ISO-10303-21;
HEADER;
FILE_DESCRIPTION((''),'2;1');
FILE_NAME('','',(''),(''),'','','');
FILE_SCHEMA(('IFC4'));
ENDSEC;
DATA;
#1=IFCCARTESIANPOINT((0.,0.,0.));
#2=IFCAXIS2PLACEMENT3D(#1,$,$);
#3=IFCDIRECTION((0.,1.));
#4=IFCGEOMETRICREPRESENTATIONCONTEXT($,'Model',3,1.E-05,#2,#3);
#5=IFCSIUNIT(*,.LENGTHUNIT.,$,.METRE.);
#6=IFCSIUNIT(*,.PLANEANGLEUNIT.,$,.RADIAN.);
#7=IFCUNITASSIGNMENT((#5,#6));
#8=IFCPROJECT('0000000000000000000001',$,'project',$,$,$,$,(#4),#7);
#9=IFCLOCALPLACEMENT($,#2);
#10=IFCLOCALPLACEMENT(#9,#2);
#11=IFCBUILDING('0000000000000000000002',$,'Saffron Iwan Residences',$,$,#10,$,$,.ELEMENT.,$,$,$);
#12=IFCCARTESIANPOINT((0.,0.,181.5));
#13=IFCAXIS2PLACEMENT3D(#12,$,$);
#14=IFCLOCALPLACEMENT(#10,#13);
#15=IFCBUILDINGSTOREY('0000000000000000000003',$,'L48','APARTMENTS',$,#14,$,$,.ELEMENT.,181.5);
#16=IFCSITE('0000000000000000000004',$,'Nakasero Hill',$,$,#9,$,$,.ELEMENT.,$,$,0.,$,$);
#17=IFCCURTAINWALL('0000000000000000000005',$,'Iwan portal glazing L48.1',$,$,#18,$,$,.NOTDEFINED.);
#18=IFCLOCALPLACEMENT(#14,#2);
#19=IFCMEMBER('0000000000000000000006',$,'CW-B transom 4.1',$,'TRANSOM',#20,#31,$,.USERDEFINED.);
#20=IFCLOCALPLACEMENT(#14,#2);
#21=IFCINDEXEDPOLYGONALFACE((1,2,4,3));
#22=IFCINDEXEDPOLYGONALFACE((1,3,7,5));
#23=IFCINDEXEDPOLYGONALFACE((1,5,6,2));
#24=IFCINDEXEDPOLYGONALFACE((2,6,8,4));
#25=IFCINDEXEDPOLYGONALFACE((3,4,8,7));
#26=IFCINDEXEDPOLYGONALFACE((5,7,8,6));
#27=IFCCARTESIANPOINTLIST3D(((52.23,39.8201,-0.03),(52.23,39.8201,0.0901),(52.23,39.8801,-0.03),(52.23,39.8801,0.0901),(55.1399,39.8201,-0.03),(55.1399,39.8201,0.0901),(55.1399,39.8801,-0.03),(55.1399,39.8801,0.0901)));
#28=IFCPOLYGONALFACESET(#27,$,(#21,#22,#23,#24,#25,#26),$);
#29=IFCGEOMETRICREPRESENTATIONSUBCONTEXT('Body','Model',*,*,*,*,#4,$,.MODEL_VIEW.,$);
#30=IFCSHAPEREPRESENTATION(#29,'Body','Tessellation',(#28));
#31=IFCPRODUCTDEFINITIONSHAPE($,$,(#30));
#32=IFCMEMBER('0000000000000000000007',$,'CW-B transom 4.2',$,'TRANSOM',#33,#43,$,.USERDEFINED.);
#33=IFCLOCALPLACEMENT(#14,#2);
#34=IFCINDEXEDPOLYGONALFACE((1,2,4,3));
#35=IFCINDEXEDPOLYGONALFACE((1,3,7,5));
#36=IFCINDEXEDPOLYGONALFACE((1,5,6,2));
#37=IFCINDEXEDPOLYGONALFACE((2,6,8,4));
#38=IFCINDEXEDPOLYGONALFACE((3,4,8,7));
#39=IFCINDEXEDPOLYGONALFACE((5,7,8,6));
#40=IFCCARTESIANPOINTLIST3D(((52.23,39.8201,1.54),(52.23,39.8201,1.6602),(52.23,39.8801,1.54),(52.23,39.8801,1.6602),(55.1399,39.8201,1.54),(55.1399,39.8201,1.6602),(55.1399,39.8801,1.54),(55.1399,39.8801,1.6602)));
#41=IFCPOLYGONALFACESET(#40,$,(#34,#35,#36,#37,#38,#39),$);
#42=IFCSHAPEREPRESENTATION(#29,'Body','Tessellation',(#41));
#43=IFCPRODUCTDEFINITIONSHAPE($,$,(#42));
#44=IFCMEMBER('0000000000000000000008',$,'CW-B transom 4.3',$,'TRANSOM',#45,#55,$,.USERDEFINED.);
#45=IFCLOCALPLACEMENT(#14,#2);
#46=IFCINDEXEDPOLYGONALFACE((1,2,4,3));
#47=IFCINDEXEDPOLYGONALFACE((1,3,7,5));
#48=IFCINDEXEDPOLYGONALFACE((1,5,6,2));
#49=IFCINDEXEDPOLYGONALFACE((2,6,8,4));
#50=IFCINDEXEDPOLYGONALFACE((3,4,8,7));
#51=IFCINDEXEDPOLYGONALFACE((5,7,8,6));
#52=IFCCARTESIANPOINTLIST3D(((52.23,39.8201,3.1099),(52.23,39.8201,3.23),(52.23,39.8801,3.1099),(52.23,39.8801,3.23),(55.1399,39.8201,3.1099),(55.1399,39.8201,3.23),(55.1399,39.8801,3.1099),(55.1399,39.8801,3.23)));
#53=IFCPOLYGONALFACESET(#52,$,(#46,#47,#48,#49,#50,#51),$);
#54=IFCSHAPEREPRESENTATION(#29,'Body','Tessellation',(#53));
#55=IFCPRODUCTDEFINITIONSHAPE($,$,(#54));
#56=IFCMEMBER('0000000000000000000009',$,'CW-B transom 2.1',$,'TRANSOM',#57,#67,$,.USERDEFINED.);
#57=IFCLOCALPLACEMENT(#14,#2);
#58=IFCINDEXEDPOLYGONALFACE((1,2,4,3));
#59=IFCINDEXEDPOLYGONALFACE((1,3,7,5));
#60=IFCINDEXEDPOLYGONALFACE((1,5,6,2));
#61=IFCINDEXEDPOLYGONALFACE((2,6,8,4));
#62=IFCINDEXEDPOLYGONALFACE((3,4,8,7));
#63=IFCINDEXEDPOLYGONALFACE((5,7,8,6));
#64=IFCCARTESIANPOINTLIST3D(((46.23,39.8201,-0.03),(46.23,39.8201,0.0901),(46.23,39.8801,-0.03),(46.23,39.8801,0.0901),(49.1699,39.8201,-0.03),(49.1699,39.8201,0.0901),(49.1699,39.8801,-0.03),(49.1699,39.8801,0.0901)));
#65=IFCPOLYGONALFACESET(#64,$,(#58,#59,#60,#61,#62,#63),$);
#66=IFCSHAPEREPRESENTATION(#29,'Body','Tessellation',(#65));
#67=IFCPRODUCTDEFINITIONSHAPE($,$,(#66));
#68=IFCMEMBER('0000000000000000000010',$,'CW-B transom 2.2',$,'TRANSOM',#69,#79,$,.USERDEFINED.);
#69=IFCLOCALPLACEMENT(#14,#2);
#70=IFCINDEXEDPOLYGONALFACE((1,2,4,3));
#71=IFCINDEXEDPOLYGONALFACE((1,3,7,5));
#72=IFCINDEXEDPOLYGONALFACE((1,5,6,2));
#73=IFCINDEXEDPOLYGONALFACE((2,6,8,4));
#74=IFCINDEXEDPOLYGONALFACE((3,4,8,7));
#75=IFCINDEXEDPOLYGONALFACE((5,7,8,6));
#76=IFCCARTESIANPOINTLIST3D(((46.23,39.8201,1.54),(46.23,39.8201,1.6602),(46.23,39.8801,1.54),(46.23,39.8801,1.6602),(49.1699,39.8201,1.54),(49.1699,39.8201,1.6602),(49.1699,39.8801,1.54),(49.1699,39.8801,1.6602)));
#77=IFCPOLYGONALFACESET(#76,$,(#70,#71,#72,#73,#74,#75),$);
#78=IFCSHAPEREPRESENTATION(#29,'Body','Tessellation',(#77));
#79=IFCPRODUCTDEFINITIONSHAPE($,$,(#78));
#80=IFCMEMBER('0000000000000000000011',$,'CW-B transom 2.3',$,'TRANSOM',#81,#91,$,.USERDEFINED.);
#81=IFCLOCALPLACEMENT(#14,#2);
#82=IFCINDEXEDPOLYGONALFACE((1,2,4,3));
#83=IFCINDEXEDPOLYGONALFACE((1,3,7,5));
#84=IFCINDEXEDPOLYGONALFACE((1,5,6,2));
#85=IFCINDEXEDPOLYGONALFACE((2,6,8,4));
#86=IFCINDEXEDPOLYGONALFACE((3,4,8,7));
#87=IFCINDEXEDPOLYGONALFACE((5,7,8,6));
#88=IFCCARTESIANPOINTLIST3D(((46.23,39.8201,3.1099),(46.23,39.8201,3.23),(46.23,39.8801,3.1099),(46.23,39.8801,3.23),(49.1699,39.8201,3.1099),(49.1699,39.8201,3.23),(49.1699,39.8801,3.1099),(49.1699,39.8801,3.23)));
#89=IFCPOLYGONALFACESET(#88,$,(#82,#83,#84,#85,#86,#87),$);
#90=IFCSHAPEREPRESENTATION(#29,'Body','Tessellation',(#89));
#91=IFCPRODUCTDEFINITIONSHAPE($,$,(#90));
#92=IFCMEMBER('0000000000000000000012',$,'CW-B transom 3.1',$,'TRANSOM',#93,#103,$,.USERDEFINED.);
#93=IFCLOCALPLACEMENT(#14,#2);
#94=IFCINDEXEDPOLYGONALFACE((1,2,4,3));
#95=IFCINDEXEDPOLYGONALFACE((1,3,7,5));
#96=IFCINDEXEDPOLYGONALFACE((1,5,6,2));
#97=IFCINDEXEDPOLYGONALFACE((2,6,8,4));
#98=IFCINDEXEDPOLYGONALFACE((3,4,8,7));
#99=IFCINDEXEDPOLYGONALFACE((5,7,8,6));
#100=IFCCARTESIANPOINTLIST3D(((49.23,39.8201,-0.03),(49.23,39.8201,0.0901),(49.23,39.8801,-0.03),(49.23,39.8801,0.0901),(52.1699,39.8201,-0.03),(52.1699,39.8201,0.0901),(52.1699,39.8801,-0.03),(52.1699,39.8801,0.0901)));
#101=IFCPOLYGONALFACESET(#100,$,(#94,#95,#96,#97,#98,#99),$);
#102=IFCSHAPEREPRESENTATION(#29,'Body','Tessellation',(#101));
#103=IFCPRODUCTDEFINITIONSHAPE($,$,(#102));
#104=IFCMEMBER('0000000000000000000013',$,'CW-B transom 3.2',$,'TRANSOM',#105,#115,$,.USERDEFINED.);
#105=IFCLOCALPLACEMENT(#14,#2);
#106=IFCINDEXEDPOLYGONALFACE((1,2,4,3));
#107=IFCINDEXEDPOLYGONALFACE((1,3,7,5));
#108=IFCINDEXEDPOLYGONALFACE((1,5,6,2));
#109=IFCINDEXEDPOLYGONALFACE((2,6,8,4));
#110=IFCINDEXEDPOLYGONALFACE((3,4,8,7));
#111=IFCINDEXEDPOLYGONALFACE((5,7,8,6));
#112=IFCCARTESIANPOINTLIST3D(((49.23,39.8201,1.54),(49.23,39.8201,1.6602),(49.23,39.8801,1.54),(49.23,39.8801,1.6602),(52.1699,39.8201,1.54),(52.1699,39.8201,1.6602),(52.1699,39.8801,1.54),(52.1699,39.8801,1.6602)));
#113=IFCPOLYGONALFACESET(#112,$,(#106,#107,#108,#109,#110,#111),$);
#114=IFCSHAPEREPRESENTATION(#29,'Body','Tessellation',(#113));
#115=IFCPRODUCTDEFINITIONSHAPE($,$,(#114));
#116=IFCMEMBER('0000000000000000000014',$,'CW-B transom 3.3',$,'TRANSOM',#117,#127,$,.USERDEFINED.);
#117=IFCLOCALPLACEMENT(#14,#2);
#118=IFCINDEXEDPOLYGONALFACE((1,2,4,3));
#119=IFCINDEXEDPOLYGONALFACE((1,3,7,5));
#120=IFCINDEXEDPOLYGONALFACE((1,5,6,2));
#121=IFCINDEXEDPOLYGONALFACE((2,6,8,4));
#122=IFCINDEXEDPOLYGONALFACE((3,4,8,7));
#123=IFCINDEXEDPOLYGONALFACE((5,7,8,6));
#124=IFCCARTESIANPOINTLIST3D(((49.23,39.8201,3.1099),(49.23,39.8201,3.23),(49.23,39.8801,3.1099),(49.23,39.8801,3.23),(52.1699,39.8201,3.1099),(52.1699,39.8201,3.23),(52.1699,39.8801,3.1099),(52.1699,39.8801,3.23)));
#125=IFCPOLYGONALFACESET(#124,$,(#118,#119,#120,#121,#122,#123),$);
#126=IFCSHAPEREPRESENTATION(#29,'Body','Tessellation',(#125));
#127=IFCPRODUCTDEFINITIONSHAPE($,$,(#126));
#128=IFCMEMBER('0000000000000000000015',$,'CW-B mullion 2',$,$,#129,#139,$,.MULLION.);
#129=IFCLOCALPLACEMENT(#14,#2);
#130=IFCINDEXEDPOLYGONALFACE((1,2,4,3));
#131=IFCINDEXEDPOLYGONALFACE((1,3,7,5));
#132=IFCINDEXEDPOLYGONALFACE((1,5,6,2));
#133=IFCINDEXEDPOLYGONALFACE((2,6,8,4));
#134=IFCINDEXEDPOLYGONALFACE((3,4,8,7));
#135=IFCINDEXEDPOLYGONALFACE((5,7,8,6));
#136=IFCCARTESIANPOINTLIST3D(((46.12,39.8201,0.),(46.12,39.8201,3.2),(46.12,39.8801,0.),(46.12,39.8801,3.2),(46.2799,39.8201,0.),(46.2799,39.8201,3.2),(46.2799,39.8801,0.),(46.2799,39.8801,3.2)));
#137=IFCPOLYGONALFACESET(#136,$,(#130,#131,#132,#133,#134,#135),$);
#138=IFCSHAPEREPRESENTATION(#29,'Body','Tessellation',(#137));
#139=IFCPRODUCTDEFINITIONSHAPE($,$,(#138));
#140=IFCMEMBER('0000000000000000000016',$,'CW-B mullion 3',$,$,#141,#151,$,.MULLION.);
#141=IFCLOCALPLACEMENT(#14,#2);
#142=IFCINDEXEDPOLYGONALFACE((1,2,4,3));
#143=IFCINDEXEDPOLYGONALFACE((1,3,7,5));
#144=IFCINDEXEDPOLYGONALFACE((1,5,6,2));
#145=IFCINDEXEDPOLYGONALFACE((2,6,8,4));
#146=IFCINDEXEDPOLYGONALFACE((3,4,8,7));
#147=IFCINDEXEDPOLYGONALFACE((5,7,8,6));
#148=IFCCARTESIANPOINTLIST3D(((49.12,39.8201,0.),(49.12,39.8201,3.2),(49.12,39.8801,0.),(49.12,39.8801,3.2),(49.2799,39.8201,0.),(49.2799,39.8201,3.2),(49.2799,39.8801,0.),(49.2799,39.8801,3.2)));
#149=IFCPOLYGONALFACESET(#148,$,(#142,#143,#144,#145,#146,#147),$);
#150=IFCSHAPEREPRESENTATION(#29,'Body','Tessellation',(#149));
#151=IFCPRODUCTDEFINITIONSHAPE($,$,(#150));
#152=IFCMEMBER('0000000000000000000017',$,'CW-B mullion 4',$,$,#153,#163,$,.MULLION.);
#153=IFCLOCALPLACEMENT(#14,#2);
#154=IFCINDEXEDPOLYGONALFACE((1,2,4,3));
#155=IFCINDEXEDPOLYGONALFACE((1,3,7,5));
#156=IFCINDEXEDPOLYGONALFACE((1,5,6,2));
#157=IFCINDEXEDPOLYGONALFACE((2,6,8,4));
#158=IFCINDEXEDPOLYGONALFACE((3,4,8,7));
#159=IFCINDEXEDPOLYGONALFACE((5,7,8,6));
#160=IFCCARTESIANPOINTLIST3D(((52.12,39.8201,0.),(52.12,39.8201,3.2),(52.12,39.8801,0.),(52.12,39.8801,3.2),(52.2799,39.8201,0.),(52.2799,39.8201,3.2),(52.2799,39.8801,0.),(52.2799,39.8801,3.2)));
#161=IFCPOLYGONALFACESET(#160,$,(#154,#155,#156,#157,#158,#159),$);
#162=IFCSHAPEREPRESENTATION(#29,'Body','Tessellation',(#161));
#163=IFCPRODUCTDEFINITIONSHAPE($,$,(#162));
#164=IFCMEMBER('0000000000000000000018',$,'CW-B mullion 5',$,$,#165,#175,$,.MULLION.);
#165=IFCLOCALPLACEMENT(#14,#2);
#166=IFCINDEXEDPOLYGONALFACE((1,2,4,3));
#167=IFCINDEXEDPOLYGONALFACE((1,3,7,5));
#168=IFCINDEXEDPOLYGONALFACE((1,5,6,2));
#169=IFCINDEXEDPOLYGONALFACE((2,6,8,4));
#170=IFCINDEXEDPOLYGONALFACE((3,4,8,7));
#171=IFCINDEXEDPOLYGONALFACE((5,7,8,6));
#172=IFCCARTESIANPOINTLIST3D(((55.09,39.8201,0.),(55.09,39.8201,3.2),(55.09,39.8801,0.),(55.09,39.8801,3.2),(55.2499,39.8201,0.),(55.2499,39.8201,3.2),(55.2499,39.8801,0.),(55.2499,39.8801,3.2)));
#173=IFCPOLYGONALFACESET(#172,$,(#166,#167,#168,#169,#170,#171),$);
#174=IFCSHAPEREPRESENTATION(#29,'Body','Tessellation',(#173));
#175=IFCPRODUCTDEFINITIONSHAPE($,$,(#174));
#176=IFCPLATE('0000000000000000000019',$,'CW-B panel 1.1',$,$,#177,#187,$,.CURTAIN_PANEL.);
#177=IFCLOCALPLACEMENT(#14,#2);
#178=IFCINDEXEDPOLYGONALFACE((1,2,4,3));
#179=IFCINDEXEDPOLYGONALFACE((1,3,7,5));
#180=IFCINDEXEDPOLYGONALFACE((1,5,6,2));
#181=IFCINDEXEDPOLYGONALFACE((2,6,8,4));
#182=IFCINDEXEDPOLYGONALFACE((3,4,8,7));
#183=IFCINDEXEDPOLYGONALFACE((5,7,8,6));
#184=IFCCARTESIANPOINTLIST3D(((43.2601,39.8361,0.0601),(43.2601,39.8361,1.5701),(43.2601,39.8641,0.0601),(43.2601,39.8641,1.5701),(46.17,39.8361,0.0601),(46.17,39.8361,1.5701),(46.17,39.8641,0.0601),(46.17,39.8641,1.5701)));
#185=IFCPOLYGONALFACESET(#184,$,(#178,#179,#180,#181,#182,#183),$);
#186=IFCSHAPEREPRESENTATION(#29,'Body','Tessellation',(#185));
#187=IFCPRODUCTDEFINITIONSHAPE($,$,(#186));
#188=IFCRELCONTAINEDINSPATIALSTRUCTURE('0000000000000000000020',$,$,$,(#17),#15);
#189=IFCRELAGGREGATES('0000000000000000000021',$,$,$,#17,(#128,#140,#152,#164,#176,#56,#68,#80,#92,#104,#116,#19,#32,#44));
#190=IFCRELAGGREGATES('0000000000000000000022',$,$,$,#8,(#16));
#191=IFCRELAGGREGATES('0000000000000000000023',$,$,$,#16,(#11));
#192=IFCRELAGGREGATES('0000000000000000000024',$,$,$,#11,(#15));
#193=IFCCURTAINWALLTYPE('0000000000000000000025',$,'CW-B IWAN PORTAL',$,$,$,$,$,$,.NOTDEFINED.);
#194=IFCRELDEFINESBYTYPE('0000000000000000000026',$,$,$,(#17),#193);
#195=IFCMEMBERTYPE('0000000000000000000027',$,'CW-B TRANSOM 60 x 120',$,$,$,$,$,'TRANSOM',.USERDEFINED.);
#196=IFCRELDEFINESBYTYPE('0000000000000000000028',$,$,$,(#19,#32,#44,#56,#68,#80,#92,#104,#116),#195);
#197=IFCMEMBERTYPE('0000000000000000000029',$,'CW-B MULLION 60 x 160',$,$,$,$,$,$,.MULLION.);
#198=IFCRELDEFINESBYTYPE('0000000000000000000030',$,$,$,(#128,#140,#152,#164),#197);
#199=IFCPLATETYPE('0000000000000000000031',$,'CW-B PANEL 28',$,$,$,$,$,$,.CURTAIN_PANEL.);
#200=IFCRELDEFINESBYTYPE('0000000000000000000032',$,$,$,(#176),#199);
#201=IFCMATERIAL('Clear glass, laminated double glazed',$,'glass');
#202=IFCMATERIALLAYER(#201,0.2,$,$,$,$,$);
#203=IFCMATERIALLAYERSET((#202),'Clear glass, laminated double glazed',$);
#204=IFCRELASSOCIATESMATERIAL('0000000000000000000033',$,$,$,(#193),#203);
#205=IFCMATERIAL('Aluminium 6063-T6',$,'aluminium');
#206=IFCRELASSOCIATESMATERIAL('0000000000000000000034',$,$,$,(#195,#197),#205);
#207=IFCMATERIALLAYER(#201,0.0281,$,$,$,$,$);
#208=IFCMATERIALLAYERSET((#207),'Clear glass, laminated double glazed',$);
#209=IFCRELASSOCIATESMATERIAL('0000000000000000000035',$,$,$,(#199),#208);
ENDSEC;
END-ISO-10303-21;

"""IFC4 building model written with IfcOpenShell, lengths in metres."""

from ifc_helpers import new_model, si_unit, direction, frame, origin, origin_2d, place, context, subcontext, project, spatial, rectangle, extrude, source, transform, mapped, material, layer, layer_set, material_profile, profile_set, type_object, element, aggregate, save


model = new_model("IFC4")

# Units and contexts
model_context = context("Model", 3, precision=1e-05, world=origin(), true_north=direction((0.0, 1.0)))
body_context = subcontext(model_context, "Body", "Model", "MODEL_VIEW")
ifc_project = project(units=[si_unit("LENGTHUNIT", "METRE"), si_unit("PLANEANGLEUNIT", "RADIAN")], contexts=[model_context])

# Site, building, storey
site_placement = place(None, origin())
site = spatial("IfcSite", under=ifc_project, at=site_placement, Name="Nakasero Hill", CompositionType="ELEMENT", RefElevation=0.0)
building_placement = place(site_placement, origin())
building = spatial("IfcBuilding", under=site, at=building_placement, Name="Saffron Iwan Residences", CompositionType="ELEMENT")
storey_placement = place(building_placement, frame((0.0, 0.0, 181.5)))
storey = spatial("IfcBuildingStorey", under=building, at=storey_placement, Name="L48", Description="APARTMENTS", CompositionType="ELEMENT", Elevation=181.5)

# Curtain wall, members, plate
ifc_material_1 = material(Name="Clear glass, laminated double glazed", Category="glass")
ifc_layer_1 = layer(ifc_material_1, 0.2)
ifc_layer_set_1 = layer_set([ifc_layer_1], Name="Clear glass, laminated double glazed")
curtain_wall_type = type_object("IfcCurtainWallType", Name="CW-B IWAN PORTAL", PredefinedType="NOTDEFINED", material=ifc_layer_set_1)
curtain_wall_placement = place(storey_placement, origin())
curtain_wall = element("IfcCurtainWall", 1, at=curtain_wall_placement, inside=storey, type_object=curtain_wall_type, Name="Iwan portal glazing L48.1", PredefinedType="NOTDEFINED")
ifc_material_2 = material(Name="Aluminium 6063-T6", Category="aluminium")
ifc_material_profile_1 = material_profile(ifc_material_2, rectangle(XDim=0.0601, YDim=0.1201, at=origin_2d()), Name="CW-B TRANSOM 60 x 120")
ifc_profile_set_1 = profile_set([ifc_material_profile_1], Name="Aluminium 6063-T6")
member_type_1 = type_object("IfcMemberType", Name="CW-B TRANSOM 60 x 120", ElementType="TRANSOM", PredefinedType="USERDEFINED", material=ifc_profile_set_1)
shared_shape_1 = source(origin(), body_context, "Body", "SweptSolid", [
    extrude(rectangle(XDim=0.0601, YDim=0.1201, at=origin_2d()), origin(), (0.0, 0.0, 1.0), 2.9099),
])
member_1_placement = place(storey_placement, frame((52.23, 39.8501, 0.03), z_axis=(1.0, 0.0, 0.0), x_axis=(0.0, 1.0, 0.0)))
member_1 = element("IfcMember", 2, at=member_1_placement, type_object=member_type_1, Name="CW-B transom 4.1", ObjectType="TRANSOM", PredefinedType="USERDEFINED", context=body_context, shape_type="MappedRepresentation", body=[
    mapped(shared_shape_1, transform((0.0, 0.0, 0.0))),
])
member_2_placement = place(storey_placement, frame((52.23, 39.8501, 1.6001), z_axis=(1.0, 0.0, 0.0), x_axis=(0.0, 1.0, 0.0)))
member_2 = element("IfcMember", 3, at=member_2_placement, type_object=member_type_1, Name="CW-B transom 4.2", ObjectType="TRANSOM", PredefinedType="USERDEFINED", context=body_context, shape_type="MappedRepresentation", body=[
    mapped(shared_shape_1, transform((0.0, 0.0, 0.0))),
])
member_3_placement = place(storey_placement, frame((52.23, 39.8501, 3.1699), z_axis=(1.0, 0.0, 0.0), x_axis=(0.0, 1.0, 0.0)))
member_3 = element("IfcMember", 4, at=member_3_placement, type_object=member_type_1, Name="CW-B transom 4.3", ObjectType="TRANSOM", PredefinedType="USERDEFINED", context=body_context, shape_type="MappedRepresentation", body=[
    mapped(shared_shape_1, transform((0.0, 0.0, 0.0))),
])
shared_shape_2 = source(origin(), body_context, "Body", "SweptSolid", [
    extrude(rectangle(XDim=0.0601, YDim=0.1201, at=origin_2d()), origin(), (0.0, 0.0, 1.0), 2.9399),
])
member_4_placement = place(storey_placement, frame((46.23, 39.8501, 0.03), z_axis=(1.0, 0.0, 0.0), x_axis=(0.0, 1.0, 0.0)))
member_4 = element("IfcMember", 5, at=member_4_placement, type_object=member_type_1, Name="CW-B transom 2.1", ObjectType="TRANSOM", PredefinedType="USERDEFINED", context=body_context, shape_type="MappedRepresentation", body=[
    mapped(shared_shape_2, transform((0.0, 0.0, 0.0))),
])
member_5_placement = place(storey_placement, frame((46.23, 39.8501, 1.6001), z_axis=(1.0, 0.0, 0.0), x_axis=(0.0, 1.0, 0.0)))
member_5 = element("IfcMember", 6, at=member_5_placement, type_object=member_type_1, Name="CW-B transom 2.2", ObjectType="TRANSOM", PredefinedType="USERDEFINED", context=body_context, shape_type="MappedRepresentation", body=[
    mapped(shared_shape_2, transform((0.0, 0.0, 0.0))),
])
member_6_placement = place(storey_placement, frame((46.23, 39.8501, 3.1699), z_axis=(1.0, 0.0, 0.0), x_axis=(0.0, 1.0, 0.0)))
member_6 = element("IfcMember", 7, at=member_6_placement, type_object=member_type_1, Name="CW-B transom 2.3", ObjectType="TRANSOM", PredefinedType="USERDEFINED", context=body_context, shape_type="MappedRepresentation", body=[
    mapped(shared_shape_2, transform((0.0, 0.0, 0.0))),
])
member_7_placement = place(storey_placement, frame((49.23, 39.8501, 0.03), z_axis=(1.0, 0.0, 0.0), x_axis=(0.0, 1.0, 0.0)))
member_7 = element("IfcMember", 8, at=member_7_placement, type_object=member_type_1, Name="CW-B transom 3.1", ObjectType="TRANSOM", PredefinedType="USERDEFINED", context=body_context, shape_type="MappedRepresentation", body=[
    mapped(shared_shape_2, transform((0.0, 0.0, 0.0))),
])
member_8_placement = place(storey_placement, frame((49.23, 39.8501, 1.6001), z_axis=(1.0, 0.0, 0.0), x_axis=(0.0, 1.0, 0.0)))
member_8 = element("IfcMember", 9, at=member_8_placement, type_object=member_type_1, Name="CW-B transom 3.2", ObjectType="TRANSOM", PredefinedType="USERDEFINED", context=body_context, shape_type="MappedRepresentation", body=[
    mapped(shared_shape_2, transform((0.0, 0.0, 0.0))),
])
member_9_placement = place(storey_placement, frame((49.23, 39.8501, 3.1699), z_axis=(1.0, 0.0, 0.0), x_axis=(0.0, 1.0, 0.0)))
member_9 = element("IfcMember", 10, at=member_9_placement, type_object=member_type_1, Name="CW-B transom 3.3", ObjectType="TRANSOM", PredefinedType="USERDEFINED", context=body_context, shape_type="MappedRepresentation", body=[
    mapped(shared_shape_2, transform((0.0, 0.0, 0.0))),
])
ifc_material_profile_2 = material_profile(ifc_material_2, rectangle(XDim=0.0601, YDim=0.1599, at=origin_2d()), Name="CW-B MULLION 60 x 160")
ifc_profile_set_2 = profile_set([ifc_material_profile_2], Name="Aluminium 6063-T6")
member_type_2 = type_object("IfcMemberType", Name="CW-B MULLION 60 x 160", PredefinedType="MULLION", material=ifc_profile_set_2)
shared_shape_3 = source(origin(), body_context, "Body", "SweptSolid", [
    extrude(rectangle(XDim=0.0601, YDim=0.1599, at=origin_2d()), origin(), (0.0, 0.0, 1.0), 3.2),
])
member_10_placement = place(storey_placement, frame((46.2, 39.8501, 0.0), z_axis=(0.0, 0.0, 1.0), x_axis=(0.0, 1.0, 0.0)))
member_10 = element("IfcMember", 11, at=member_10_placement, type_object=member_type_2, Name="CW-B mullion 2", PredefinedType="MULLION", context=body_context, shape_type="MappedRepresentation", body=[
    mapped(shared_shape_3, transform((0.0, 0.0, 0.0))),
])
member_11_placement = place(storey_placement, frame((49.2, 39.8501, 0.0), z_axis=(0.0, 0.0, 1.0), x_axis=(0.0, 1.0, 0.0)))
member_11 = element("IfcMember", 12, at=member_11_placement, type_object=member_type_2, Name="CW-B mullion 3", PredefinedType="MULLION", context=body_context, shape_type="MappedRepresentation", body=[
    mapped(shared_shape_3, transform((0.0, 0.0, 0.0))),
])
member_12_placement = place(storey_placement, frame((52.2, 39.8501, 0.0), z_axis=(0.0, 0.0, 1.0), x_axis=(0.0, 1.0, 0.0)))
member_12 = element("IfcMember", 13, at=member_12_placement, type_object=member_type_2, Name="CW-B mullion 4", PredefinedType="MULLION", context=body_context, shape_type="MappedRepresentation", body=[
    mapped(shared_shape_3, transform((0.0, 0.0, 0.0))),
])
member_13_placement = place(storey_placement, frame((55.1699, 39.8501, 0.0), z_axis=(0.0, 0.0, 1.0), x_axis=(0.0, 1.0, 0.0)))
member_13 = element("IfcMember", 14, at=member_13_placement, type_object=member_type_2, Name="CW-B mullion 5", PredefinedType="MULLION", context=body_context, shape_type="MappedRepresentation", body=[
    mapped(shared_shape_3, transform((0.0, 0.0, 0.0))),
])
ifc_layer_2 = layer(ifc_material_1, 0.0281)
ifc_layer_set_2 = layer_set([ifc_layer_2], Name="Clear glass, laminated double glazed")
plate_type = type_object("IfcPlateType", Name="CW-B PANEL 28", PredefinedType="CURTAIN_PANEL", material=ifc_layer_set_2)
shared_shape_4 = source(origin(), body_context, "Body", "SweptSolid", [
    extrude(rectangle(XDim=2.9099, YDim=0.0281, at=origin_2d()), origin(), (0.0, 0.0, 1.0), 1.51),
])
plate_1_placement = place(storey_placement, frame((44.7151, 39.8501, 0.0601), z_axis=(0.0, 0.0, 1.0), x_axis=(1.0, 0.0, 0.0)))
plate_1 = element("IfcPlate", 15, at=plate_1_placement, type_object=plate_type, Name="CW-B panel 1.1", PredefinedType="CURTAIN_PANEL", context=body_context, shape_type="MappedRepresentation", body=[
    mapped(shared_shape_4, transform((0.0, 0.0, 0.0))),
])
aggregate(curtain_wall, [member_10, member_11, member_12, member_13, plate_1, member_4, member_5, member_6, member_7, member_8, member_9, member_1, member_2, member_3])

save(model, "model.ifc")
